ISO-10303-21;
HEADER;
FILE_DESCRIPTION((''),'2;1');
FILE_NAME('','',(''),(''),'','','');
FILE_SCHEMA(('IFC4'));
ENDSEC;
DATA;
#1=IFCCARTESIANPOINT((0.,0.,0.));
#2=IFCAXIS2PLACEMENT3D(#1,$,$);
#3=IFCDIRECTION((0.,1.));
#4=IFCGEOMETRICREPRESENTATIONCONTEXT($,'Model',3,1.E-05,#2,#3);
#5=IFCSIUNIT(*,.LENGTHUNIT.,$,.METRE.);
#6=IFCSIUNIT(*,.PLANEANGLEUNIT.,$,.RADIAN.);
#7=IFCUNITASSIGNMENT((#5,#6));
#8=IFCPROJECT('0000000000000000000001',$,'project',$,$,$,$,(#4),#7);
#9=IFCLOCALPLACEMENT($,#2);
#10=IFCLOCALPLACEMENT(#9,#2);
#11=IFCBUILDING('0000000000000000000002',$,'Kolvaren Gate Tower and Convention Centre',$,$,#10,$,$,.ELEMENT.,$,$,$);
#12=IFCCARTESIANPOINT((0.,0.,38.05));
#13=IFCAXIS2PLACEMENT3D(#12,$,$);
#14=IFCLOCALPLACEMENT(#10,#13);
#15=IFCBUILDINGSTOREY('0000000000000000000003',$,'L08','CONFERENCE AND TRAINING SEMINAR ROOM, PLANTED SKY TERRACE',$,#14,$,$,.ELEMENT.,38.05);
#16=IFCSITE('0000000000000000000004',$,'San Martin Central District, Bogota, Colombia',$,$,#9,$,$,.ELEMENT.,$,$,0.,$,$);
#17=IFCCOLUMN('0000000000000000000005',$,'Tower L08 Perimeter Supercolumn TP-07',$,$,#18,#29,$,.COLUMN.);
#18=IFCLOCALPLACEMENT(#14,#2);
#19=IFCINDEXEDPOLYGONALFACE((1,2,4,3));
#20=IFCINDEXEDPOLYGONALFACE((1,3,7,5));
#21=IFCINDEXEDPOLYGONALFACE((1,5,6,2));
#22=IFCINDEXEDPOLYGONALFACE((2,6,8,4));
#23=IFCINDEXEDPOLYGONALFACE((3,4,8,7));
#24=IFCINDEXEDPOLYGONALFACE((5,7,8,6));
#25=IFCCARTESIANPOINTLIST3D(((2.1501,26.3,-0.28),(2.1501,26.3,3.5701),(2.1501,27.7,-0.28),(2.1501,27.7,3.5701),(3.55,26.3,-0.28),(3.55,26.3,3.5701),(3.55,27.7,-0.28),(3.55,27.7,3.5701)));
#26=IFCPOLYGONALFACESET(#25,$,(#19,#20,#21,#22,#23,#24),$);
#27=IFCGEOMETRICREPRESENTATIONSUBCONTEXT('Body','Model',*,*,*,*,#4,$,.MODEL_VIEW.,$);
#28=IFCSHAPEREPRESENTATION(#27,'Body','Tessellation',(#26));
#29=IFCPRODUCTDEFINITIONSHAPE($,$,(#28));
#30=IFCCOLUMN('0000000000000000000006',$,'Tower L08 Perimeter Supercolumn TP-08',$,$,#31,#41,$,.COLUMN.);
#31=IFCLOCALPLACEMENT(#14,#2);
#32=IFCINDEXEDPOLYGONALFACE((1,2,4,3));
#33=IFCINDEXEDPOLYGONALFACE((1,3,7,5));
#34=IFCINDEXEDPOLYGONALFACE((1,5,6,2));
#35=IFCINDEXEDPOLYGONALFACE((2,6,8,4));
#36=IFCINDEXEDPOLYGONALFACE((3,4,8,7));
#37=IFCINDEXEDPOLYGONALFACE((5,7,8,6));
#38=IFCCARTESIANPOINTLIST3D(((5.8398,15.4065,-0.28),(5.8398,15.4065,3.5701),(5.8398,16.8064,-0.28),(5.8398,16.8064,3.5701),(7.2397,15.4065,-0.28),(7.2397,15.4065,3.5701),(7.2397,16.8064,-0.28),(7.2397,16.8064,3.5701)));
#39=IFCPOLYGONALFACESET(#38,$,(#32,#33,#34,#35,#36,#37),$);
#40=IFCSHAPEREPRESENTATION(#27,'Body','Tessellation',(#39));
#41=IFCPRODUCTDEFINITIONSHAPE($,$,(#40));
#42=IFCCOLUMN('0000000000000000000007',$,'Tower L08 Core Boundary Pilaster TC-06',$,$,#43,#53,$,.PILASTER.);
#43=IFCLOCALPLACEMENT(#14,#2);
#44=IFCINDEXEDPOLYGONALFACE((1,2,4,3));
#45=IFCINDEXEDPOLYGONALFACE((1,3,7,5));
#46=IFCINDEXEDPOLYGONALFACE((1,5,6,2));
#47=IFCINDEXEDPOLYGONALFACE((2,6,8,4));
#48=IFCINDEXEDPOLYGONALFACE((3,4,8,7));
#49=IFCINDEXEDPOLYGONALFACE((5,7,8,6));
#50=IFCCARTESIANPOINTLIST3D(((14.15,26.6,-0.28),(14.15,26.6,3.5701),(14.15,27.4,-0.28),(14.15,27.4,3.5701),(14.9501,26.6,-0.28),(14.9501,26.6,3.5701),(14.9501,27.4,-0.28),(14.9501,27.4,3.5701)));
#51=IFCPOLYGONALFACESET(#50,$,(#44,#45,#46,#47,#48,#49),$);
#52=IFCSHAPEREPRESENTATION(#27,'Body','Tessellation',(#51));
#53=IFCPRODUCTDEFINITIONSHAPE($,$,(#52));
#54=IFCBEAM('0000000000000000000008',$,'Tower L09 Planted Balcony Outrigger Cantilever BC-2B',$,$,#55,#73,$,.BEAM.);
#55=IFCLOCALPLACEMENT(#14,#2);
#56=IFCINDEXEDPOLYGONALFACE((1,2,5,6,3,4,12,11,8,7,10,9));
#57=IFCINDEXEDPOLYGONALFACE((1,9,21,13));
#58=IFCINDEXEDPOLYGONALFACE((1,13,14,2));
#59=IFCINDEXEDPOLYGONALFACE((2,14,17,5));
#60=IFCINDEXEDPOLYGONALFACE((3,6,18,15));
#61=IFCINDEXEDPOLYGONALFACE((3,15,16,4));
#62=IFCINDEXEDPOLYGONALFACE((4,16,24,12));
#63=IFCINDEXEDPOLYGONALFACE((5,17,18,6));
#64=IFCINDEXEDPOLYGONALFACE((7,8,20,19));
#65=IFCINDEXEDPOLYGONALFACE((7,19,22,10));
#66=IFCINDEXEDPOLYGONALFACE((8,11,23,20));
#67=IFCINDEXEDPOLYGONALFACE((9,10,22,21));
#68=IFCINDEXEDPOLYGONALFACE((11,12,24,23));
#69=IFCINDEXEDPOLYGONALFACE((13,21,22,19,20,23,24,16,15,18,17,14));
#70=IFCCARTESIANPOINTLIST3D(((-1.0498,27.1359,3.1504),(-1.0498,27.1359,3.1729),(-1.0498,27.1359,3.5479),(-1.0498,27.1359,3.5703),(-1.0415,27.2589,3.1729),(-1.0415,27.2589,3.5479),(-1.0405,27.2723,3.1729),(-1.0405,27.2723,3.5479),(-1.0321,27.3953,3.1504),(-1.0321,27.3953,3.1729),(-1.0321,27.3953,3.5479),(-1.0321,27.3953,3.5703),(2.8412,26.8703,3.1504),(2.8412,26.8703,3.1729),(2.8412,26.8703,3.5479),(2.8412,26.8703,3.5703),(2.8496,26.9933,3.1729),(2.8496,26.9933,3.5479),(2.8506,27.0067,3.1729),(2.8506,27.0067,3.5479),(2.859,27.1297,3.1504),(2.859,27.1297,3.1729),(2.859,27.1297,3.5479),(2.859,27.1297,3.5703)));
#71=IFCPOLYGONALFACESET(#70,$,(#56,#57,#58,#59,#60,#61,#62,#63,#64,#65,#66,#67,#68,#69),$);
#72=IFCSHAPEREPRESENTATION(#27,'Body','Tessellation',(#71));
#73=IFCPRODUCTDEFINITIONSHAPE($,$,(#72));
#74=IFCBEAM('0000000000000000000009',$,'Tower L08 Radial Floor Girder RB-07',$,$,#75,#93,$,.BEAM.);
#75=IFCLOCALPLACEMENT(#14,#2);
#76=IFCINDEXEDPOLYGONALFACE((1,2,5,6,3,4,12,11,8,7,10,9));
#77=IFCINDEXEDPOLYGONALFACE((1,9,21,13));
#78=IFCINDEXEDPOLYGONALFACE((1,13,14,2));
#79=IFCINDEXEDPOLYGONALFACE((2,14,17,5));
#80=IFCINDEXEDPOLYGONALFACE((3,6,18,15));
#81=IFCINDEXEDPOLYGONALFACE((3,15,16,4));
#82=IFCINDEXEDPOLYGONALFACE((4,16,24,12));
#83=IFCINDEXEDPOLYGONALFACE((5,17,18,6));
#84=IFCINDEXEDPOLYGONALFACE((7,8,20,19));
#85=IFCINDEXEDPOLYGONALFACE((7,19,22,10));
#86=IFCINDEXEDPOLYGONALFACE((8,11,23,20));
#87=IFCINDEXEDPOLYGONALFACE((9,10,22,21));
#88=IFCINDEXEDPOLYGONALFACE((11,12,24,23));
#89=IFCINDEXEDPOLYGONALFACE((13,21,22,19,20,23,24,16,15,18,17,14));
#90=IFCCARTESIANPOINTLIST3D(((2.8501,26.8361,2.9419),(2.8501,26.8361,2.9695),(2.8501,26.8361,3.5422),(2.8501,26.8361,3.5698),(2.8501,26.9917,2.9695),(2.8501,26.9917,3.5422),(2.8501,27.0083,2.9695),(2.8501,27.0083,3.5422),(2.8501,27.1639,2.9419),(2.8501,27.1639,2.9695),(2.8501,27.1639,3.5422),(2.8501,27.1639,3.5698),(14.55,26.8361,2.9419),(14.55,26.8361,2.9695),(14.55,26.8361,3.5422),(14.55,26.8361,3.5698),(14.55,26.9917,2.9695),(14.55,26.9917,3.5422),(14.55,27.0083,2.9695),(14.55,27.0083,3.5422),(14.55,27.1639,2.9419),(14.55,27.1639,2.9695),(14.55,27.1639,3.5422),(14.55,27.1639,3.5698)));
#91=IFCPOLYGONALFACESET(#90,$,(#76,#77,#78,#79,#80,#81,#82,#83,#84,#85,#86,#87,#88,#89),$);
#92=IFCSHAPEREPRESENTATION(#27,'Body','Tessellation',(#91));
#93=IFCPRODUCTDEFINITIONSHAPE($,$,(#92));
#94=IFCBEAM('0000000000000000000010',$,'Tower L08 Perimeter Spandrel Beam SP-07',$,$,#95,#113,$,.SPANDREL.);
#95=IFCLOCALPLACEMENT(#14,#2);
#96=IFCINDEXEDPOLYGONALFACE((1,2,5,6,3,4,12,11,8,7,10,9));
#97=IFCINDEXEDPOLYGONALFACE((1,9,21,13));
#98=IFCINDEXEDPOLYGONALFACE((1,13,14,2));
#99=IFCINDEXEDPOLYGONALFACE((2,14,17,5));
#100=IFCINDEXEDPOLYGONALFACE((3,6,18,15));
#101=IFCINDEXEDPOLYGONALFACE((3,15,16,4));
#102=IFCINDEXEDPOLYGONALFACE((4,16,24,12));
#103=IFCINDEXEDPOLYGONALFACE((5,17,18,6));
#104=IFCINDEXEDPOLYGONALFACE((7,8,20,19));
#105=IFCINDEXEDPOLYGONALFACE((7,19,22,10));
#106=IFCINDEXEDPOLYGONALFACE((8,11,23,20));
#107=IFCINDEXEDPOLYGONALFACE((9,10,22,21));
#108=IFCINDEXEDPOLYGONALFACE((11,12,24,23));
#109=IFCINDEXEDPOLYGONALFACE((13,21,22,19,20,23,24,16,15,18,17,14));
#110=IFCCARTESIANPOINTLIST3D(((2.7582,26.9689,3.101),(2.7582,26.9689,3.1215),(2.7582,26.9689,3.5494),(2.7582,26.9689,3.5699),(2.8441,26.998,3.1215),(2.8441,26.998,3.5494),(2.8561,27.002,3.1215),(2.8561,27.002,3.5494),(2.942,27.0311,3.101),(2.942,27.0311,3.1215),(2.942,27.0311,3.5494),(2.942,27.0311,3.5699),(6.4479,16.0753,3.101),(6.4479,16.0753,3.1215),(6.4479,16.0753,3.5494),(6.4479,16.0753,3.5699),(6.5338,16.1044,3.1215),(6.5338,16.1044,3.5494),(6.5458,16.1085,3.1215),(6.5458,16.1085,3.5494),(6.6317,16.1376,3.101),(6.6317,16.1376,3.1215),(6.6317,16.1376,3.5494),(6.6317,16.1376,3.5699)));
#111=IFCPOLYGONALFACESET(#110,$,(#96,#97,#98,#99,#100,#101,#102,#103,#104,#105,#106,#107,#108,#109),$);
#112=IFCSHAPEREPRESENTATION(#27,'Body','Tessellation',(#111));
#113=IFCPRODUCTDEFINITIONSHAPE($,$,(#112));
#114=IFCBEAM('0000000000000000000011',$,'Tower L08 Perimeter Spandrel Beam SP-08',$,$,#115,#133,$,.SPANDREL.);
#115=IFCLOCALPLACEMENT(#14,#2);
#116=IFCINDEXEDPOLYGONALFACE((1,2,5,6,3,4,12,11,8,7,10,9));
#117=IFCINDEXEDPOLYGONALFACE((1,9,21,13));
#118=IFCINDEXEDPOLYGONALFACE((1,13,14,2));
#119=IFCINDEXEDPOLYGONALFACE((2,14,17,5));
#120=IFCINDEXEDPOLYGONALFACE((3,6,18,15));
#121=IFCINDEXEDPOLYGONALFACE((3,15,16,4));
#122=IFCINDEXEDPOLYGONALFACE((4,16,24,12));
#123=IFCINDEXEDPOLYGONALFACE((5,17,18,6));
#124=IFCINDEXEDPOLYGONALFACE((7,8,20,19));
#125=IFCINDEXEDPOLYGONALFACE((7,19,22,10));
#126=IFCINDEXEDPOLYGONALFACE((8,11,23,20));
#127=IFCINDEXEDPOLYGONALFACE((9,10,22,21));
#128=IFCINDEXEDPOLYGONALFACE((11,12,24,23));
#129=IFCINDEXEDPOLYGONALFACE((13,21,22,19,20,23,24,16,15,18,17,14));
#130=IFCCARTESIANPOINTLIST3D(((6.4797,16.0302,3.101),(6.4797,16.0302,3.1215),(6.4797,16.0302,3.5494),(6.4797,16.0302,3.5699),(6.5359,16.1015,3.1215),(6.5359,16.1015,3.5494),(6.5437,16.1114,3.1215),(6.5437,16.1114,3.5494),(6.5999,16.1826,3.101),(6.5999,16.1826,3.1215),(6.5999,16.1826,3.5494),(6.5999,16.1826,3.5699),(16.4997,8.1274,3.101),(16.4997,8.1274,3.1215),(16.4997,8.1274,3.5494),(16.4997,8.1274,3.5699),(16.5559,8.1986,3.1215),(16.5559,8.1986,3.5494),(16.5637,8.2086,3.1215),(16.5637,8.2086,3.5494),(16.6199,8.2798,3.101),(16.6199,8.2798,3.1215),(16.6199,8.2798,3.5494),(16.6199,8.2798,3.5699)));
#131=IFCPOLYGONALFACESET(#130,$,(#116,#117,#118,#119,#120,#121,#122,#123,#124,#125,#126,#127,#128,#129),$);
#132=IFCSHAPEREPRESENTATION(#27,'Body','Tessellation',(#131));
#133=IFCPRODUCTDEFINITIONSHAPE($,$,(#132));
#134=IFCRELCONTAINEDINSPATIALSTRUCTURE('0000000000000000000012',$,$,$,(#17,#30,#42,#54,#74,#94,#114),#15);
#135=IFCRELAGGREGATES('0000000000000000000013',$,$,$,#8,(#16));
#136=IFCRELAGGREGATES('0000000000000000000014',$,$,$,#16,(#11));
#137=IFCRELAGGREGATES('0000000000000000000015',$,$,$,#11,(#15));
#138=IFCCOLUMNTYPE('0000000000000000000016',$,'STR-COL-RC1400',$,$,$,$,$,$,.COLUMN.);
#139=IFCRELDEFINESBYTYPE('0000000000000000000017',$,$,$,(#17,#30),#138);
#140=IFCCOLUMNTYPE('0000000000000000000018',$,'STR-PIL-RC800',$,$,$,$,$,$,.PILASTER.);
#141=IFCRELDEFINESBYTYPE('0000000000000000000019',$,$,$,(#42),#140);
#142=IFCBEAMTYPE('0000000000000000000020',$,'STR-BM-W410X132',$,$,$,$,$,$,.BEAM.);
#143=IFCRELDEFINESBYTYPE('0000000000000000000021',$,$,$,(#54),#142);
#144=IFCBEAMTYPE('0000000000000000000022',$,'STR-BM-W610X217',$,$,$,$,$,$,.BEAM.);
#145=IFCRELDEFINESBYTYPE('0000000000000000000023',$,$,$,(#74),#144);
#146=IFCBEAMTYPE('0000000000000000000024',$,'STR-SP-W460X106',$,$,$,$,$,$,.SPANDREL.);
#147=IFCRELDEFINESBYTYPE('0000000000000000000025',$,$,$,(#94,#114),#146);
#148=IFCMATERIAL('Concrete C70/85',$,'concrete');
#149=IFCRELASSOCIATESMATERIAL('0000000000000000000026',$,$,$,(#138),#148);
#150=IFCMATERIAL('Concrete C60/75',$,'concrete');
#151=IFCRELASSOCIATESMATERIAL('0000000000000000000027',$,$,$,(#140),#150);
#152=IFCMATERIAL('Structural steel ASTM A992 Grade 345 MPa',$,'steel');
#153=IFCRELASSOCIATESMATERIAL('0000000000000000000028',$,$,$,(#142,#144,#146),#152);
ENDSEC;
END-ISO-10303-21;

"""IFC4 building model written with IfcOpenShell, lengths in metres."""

from ifc_helpers import new_model, si_unit, direction, frame, origin, origin_2d, place, context, subcontext, project, spatial, rectangle, i_section, extrude, material, material_profile, profile_set, type_object, element, save


model = new_model("IFC4")

# Units and contexts
model_context = context("Model", 3, precision=1e-05, world=origin(), true_north=direction((0.0, 1.0)))
body_context = subcontext(model_context, "Body", "Model", "MODEL_VIEW")
ifc_project = project(units=[si_unit("LENGTHUNIT", "METRE"), si_unit("PLANEANGLEUNIT", "RADIAN")], contexts=[model_context])

# Site, building, storey
site_placement = place(None, origin())
site = spatial("IfcSite", under=ifc_project, at=site_placement, Name="San Martin Central District, Bogota, Colombia", CompositionType="ELEMENT", RefElevation=0.0)
building_placement = place(site_placement, origin())
building = spatial("IfcBuilding", under=site, at=building_placement, Name="Kolvaren Gate Tower and Convention Centre", CompositionType="ELEMENT")
storey_placement = place(building_placement, frame((0.0, 0.0, 38.05)))
storey = spatial("IfcBuildingStorey", under=building, at=storey_placement, Name="L08", Description="CONFERENCE AND TRAINING SEMINAR ROOM, PLANTED SKY TERRACE", CompositionType="ELEMENT", Elevation=38.05)

# Columns
ifc_material_1 = material(Name="Concrete C70/85", Category="concrete")
ifc_material_profile_1 = material_profile(ifc_material_1, rectangle(XDim=1.3999, YDim=1.3999, at=origin_2d()), Name="RC-COL-1400X1400")
ifc_profile_set_1 = profile_set([ifc_material_profile_1], Name="Concrete C70/85")
column_type_1 = type_object("IfcColumnType", Name="STR-COL-RC1400", PredefinedType="COLUMN", material=ifc_profile_set_1)
for number, where, z_axis, x_axis, name in (
    (1, (2.8501, 27.0, -0.28), (0.0, 0.0, 1.0), (1.0, 0.0, 0.0), "Tower L08 Perimeter Supercolumn TP-07"),
    (2, (6.5398, 16.1064, -0.28), (0.0, 0.0, 1.0), (1.0, 0.0, 0.0), "Tower L08 Perimeter Supercolumn TP-08"),
):
    element("IfcColumn", number, at=place(storey_placement, frame(where, z_axis=z_axis, x_axis=x_axis)), inside=storey, type_object=column_type_1, Name=name, PredefinedType="COLUMN", context=body_context, shape_type="SweptSolid", body=[
        extrude(rectangle(XDim=1.3999, YDim=1.3999, at=origin_2d()), origin(), (0.0, 0.0, 1.0), 3.8501),
    ])
ifc_material_2 = material(Name="Concrete C60/75", Category="concrete")
ifc_material_profile_2 = material_profile(ifc_material_2, rectangle(XDim=0.8, YDim=0.8, at=origin_2d()), Name="RC-COL-800X800")
ifc_profile_set_2 = profile_set([ifc_material_profile_2], Name="Concrete C60/75")
column_type_2 = type_object("IfcColumnType", Name="STR-PIL-RC800", PredefinedType="PILASTER", material=ifc_profile_set_2)
column_placement = place(storey_placement, frame((14.55, 27.0, -0.28), z_axis=(0.0, 0.0, 1.0), x_axis=(1.0, 0.0, 0.0)))
element("IfcColumn", 3, at=column_placement, inside=storey, type_object=column_type_2, Name="Tower L08 Core Boundary Pilaster TC-06", PredefinedType="PILASTER", context=body_context, shape_type="SweptSolid", body=[
    extrude(rectangle(XDim=0.8, YDim=0.8, at=origin_2d()), origin(), (0.0, 0.0, 1.0), 3.8501),
])

# Beams
ifc_material_3 = material(Name="Structural steel ASTM A992 Grade 345 MPa", Category="steel")
ifc_material_profile_3 = material_profile(ifc_material_3, i_section(OverallWidth=0.26, OverallDepth=0.4199, WebThickness=0.0134, FlangeThickness=0.0225, at=origin_2d()), Name="W410X132")
ifc_profile_set_3 = profile_set([ifc_material_profile_3], Name="Structural steel ASTM A992 Grade 345 MPa")
beam_type_1 = type_object("IfcBeamType", Name="STR-BM-W410X132", PredefinedType="BEAM", material=ifc_profile_set_3)
beam_1_placement = place(storey_placement, frame((2.8501, 27.0, 3.3604), z_axis=(-0.997678, 0.068106, 0.0), x_axis=(-0.068106, -0.997678, 0.0)))
element("IfcBeam", 4, at=beam_1_placement, inside=storey, type_object=beam_type_1, Name="Tower L09 Planted Balcony Outrigger Cantilever BC-2B", PredefinedType="BEAM", context=body_context, shape_type="SweptSolid", body=[
    extrude(i_section(OverallWidth=0.26, OverallDepth=0.4199, WebThickness=0.0134, FlangeThickness=0.0225, at=origin_2d()), origin(), (0.0, 0.0, 1.0), 3.9001),
])
ifc_material_profile_4 = material_profile(ifc_material_3, i_section(OverallWidth=0.3279, OverallDepth=0.6279, WebThickness=0.0166, FlangeThickness=0.0276, at=origin_2d()), Name="W610X217")
ifc_profile_set_4 = profile_set([ifc_material_profile_4], Name="Structural steel ASTM A992 Grade 345 MPa")
beam_type_2 = type_object("IfcBeamType", Name="STR-BM-W610X217", PredefinedType="BEAM", material=ifc_profile_set_4)
beam_2_placement = place(storey_placement, frame((14.55, 27.0, 3.2559), z_axis=(-1.0, 0.0, 0.0), x_axis=(0.0, -1.0, 0.0)))
element("IfcBeam", 5, at=beam_2_placement, inside=storey, type_object=beam_type_2, Name="Tower L08 Radial Floor Girder RB-07", PredefinedType="BEAM", context=body_context, shape_type="SweptSolid", body=[
    extrude(i_section(OverallWidth=0.3279, OverallDepth=0.6279, WebThickness=0.0166, FlangeThickness=0.0276, at=origin_2d()), origin(), (0.0, 0.0, 1.0), 11.7),
])
ifc_material_profile_5 = material_profile(ifc_material_3, i_section(OverallWidth=0.1941, OverallDepth=0.469, WebThickness=0.0127, FlangeThickness=0.0205, at=origin_2d()), Name="W460X106")
ifc_profile_set_5 = profile_set([ifc_material_profile_5], Name="Structural steel ASTM A992 Grade 345 MPa")
beam_type_3 = type_object("IfcBeamType", Name="STR-SP-W460X106", PredefinedType="SPANDREL", material=ifc_profile_set_5)
beam_3_placement = place(storey_placement, frame((2.8501, 27.0, 3.3354), z_axis=(0.320803, -0.947146, 0.0), x_axis=(0.947146, 0.320803, 0.0)))
element("IfcBeam", 6, at=beam_3_placement, inside=storey, type_object=beam_type_3, Name="Tower L08 Perimeter Spandrel Beam SP-07", PredefinedType="SPANDREL", context=body_context, shape_type="SweptSolid", body=[
    extrude(i_section(OverallWidth=0.1941, OverallDepth=0.469, WebThickness=0.0127, FlangeThickness=0.0205, at=origin_2d()), origin(), (0.0, 0.0, 1.0), 11.5015),
])
beam_4_placement = place(storey_placement, frame((6.5398, 16.1064, 3.3354), z_axis=(0.785176, -0.619272, 0.0), x_axis=(0.619272, 0.785176, 0.0)))
element("IfcBeam", 7, at=beam_4_placement, inside=storey, type_object=beam_type_3, Name="Tower L08 Perimeter Spandrel Beam SP-08", PredefinedType="SPANDREL", context=body_context, shape_type="SweptSolid", body=[
    extrude(i_section(OverallWidth=0.1941, OverallDepth=0.469, WebThickness=0.0127, FlangeThickness=0.0205, at=origin_2d()), origin(), (0.0, 0.0, 1.0), 12.7615),
])

save(model, "model.ifc")
